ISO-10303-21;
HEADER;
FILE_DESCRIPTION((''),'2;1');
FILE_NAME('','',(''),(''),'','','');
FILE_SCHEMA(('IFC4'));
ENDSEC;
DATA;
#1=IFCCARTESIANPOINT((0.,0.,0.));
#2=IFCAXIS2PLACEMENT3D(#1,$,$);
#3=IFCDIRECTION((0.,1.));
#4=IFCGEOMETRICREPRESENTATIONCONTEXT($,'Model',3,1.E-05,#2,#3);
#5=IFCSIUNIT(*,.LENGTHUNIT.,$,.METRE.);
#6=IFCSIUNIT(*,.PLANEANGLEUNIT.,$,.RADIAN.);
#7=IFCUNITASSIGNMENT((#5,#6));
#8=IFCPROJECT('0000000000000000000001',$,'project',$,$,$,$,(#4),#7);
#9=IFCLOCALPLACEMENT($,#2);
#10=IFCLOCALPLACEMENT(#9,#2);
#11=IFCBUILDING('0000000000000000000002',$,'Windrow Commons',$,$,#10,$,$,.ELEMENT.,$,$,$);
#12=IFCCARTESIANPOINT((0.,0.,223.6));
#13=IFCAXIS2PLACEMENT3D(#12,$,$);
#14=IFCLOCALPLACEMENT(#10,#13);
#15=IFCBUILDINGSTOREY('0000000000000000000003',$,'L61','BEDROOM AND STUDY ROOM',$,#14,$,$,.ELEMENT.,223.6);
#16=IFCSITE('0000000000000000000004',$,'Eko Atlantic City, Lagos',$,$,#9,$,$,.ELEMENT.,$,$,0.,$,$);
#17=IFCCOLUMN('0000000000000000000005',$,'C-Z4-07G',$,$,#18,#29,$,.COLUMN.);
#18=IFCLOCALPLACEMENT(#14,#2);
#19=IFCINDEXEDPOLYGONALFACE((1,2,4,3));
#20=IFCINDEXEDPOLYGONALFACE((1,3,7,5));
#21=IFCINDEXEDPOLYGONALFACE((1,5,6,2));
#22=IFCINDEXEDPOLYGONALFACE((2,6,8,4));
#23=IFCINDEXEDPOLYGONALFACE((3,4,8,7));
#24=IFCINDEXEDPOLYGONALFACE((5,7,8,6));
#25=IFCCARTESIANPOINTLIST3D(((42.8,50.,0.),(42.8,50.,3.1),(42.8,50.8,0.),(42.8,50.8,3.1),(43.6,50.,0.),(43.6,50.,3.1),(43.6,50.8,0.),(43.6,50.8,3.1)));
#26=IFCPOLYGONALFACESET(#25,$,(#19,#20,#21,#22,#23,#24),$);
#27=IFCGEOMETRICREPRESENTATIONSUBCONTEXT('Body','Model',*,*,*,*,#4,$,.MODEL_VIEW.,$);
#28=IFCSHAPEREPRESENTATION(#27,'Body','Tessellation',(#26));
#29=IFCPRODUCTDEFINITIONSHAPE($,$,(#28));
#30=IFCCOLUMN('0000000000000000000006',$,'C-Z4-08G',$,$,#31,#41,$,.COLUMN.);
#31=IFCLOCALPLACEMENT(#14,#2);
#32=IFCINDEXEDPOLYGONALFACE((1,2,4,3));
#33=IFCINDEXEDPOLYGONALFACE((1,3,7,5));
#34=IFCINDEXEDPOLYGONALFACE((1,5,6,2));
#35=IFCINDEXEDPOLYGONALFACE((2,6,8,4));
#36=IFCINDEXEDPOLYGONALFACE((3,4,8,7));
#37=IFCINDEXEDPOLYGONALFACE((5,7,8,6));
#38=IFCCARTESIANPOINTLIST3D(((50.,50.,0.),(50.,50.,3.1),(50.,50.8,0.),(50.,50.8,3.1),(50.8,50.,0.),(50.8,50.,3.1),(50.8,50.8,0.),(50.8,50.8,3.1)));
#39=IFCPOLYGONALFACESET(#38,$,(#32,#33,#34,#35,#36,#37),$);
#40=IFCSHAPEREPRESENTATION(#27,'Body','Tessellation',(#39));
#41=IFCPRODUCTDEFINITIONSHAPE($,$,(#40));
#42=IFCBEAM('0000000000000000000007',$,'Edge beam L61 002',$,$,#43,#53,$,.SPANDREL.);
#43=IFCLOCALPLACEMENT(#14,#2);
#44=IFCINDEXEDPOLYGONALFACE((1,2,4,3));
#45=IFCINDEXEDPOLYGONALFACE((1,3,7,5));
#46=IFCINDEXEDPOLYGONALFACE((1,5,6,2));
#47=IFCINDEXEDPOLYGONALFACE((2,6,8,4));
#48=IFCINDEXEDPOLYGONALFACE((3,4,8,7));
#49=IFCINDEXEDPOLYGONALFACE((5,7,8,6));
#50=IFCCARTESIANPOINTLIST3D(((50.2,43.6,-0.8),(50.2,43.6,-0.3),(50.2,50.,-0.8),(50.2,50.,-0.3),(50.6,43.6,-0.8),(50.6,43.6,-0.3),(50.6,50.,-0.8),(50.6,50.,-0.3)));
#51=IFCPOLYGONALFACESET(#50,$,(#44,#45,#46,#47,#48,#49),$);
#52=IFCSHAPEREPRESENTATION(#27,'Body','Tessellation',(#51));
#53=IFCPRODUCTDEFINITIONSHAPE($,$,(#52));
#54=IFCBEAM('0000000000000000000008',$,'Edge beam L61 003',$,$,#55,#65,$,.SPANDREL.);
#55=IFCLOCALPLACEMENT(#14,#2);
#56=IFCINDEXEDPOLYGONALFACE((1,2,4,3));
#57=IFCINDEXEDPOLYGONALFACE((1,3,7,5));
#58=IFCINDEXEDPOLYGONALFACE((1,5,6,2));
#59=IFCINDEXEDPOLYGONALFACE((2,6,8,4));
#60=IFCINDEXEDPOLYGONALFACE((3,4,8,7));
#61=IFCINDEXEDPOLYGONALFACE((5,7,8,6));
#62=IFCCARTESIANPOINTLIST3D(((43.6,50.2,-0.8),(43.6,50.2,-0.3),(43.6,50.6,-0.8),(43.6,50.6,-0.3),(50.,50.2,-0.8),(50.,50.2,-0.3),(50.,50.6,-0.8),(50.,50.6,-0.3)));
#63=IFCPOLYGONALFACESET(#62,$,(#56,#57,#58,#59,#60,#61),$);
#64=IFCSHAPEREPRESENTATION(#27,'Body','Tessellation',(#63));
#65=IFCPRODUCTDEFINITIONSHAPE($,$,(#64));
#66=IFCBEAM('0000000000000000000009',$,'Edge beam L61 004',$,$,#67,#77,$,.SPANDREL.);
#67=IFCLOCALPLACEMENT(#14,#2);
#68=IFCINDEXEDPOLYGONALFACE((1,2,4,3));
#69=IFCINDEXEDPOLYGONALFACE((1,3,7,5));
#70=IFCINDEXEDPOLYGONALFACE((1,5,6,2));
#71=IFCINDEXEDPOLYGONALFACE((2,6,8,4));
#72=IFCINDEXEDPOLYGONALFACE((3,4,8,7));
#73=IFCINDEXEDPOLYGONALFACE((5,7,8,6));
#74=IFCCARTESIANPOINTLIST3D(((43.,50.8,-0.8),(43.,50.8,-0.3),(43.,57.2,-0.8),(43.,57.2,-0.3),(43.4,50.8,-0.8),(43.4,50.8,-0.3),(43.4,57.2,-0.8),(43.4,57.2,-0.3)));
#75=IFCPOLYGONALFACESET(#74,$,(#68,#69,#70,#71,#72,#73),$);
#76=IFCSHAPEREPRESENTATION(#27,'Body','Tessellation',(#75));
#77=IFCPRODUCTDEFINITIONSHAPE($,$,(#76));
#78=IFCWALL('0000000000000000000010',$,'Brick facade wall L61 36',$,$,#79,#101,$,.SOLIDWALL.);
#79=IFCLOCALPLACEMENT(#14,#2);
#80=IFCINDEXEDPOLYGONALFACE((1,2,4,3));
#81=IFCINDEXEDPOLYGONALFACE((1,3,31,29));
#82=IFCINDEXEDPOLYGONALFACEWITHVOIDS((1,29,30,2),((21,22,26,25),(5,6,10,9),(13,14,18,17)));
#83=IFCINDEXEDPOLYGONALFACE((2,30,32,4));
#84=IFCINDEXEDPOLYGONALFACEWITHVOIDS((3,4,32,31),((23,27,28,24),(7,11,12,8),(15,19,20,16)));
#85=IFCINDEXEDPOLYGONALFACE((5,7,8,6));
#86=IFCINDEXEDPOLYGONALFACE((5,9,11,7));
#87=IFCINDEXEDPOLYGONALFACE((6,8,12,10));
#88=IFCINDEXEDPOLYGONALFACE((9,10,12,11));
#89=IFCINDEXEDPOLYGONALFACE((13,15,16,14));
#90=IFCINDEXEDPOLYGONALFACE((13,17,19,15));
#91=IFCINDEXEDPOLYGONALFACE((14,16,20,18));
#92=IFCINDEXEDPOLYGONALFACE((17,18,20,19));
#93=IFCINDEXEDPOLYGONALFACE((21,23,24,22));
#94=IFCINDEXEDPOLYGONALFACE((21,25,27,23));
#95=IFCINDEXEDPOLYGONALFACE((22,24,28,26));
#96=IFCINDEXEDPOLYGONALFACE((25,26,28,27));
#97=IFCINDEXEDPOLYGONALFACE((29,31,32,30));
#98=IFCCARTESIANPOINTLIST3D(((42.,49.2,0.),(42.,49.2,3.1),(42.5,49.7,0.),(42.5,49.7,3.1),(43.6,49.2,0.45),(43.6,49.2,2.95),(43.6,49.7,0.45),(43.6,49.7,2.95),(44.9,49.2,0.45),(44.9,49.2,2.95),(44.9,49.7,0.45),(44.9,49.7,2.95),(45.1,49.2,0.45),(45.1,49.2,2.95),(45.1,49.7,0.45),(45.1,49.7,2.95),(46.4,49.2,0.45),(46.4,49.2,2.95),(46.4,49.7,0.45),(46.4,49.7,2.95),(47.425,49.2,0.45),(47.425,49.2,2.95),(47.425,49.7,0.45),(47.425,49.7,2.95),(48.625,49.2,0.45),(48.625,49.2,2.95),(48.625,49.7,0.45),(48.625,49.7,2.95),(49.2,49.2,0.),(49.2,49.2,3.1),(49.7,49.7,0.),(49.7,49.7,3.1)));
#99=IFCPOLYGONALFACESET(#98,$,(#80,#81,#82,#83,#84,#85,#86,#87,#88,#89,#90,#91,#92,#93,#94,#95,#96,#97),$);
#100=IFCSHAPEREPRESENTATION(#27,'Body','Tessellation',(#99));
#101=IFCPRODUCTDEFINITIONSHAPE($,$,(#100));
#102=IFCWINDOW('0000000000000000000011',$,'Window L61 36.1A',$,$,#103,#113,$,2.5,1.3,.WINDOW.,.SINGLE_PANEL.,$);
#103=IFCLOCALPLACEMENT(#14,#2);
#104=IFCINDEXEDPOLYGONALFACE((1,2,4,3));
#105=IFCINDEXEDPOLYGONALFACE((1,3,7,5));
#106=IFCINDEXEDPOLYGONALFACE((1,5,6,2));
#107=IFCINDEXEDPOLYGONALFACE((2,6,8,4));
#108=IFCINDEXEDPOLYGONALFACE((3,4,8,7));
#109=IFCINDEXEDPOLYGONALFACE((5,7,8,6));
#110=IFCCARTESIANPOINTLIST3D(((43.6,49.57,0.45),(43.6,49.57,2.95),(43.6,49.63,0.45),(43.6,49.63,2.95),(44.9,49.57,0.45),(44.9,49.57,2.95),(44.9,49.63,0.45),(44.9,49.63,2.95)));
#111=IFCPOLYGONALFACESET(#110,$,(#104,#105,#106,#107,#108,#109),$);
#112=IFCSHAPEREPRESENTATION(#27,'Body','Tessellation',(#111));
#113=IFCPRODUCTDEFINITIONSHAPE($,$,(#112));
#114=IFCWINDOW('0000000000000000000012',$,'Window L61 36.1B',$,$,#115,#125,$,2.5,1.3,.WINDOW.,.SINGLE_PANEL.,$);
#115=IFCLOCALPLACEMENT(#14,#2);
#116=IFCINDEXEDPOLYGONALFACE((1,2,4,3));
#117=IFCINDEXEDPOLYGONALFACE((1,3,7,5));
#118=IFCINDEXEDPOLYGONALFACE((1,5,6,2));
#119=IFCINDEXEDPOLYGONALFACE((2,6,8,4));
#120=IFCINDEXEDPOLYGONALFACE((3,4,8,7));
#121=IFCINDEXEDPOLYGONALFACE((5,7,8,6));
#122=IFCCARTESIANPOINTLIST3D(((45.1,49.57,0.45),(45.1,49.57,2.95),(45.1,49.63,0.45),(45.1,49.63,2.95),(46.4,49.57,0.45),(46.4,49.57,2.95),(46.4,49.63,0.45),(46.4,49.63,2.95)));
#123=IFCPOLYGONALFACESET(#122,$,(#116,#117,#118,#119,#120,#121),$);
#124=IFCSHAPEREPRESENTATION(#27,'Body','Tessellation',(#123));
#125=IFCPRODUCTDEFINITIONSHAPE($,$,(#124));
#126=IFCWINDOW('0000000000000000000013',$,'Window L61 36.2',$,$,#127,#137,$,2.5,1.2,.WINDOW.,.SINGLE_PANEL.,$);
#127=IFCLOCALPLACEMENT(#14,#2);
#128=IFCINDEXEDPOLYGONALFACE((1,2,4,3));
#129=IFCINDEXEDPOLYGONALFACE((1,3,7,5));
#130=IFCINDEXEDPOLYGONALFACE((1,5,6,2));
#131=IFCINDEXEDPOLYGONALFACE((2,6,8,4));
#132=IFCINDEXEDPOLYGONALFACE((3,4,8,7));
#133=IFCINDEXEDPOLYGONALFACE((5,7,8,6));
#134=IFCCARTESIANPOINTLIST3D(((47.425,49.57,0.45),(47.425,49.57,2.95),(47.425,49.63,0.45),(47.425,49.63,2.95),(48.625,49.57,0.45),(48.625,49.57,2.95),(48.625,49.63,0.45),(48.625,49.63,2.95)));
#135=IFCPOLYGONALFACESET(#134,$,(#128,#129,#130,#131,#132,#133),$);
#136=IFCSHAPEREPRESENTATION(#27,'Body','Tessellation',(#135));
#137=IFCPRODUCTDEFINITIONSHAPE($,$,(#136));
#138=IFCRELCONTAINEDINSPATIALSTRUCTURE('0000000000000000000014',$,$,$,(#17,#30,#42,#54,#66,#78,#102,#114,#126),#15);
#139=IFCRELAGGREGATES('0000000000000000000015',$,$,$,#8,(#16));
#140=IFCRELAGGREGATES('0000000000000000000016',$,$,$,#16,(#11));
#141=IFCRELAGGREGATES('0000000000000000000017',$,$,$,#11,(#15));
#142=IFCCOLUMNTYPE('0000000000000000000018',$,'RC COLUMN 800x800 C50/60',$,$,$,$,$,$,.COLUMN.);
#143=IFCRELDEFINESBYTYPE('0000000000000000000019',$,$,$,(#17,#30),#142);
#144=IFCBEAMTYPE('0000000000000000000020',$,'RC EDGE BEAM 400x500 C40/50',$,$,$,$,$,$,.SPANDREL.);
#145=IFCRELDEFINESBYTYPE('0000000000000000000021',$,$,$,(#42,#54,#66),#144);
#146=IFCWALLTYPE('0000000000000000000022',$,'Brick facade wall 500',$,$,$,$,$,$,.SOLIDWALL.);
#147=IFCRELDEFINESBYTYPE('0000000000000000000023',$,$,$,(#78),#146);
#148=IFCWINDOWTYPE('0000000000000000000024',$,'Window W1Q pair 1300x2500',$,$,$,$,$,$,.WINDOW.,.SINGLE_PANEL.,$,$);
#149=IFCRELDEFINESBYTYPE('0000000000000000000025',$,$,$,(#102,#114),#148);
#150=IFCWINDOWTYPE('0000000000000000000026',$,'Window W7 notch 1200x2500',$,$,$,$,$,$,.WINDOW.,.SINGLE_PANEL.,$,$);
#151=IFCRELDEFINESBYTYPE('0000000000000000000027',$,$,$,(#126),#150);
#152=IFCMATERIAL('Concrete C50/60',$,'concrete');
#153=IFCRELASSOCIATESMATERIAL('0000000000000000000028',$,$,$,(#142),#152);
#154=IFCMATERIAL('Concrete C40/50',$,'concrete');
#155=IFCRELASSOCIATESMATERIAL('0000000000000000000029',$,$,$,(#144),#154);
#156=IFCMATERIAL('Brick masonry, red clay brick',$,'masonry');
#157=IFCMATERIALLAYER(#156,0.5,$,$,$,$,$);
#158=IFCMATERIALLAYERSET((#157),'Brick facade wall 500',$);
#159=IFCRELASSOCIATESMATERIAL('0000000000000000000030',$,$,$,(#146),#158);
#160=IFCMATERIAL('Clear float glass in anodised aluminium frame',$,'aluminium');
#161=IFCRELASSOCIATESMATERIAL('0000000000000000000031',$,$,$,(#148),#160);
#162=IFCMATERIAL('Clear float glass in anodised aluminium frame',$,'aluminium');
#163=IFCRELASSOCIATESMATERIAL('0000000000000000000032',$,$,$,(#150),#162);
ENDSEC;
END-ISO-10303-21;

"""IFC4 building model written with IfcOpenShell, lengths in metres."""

from ifc_helpers import new_model, si_unit, direction, frame, frame_2d, origin, origin_2d, place, context, subcontext, project, spatial, polyline, rectangle, outline, extrude, material, layer, layer_set, material_profile, profile_set, type_object, element, fill, save


model = new_model("IFC4")

# Units and contexts
model_context = context("Model", 3, precision=1e-05, world=origin(), true_north=direction((0.0, 1.0)))
body_context = subcontext(model_context, "Body", "Model", "MODEL_VIEW")
ifc_project = project(units=[si_unit("LENGTHUNIT", "METRE"), si_unit("PLANEANGLEUNIT", "RADIAN")], contexts=[model_context])

# Site, building, storey
site_placement = place(None, origin())
site = spatial("IfcSite", under=ifc_project, at=site_placement, Name="Eko Atlantic City, Lagos", CompositionType="ELEMENT", RefElevation=0.0)
building_placement = place(site_placement, origin())
building = spatial("IfcBuilding", under=site, at=building_placement, Name="Windrow Commons", CompositionType="ELEMENT")
storey_placement = place(building_placement, frame((0.0, 0.0, 223.6)))
storey = spatial("IfcBuildingStorey", under=building, at=storey_placement, Name="L61", Description="BEDROOM AND STUDY ROOM", CompositionType="ELEMENT", Elevation=223.6)

# Columns
ifc_material_1 = material(Name="Concrete C50/60", Category="concrete")
ifc_material_profile_1 = material_profile(ifc_material_1, rectangle(XDim=0.8, YDim=0.8, at=origin_2d()))
ifc_profile_set_1 = profile_set([ifc_material_profile_1], Name="Concrete C50/60")
column_type = type_object("IfcColumnType", Name="RC COLUMN 800x800 C50/60", PredefinedType="COLUMN", material=ifc_profile_set_1)
for number, where, z_axis, x_axis, name in (
    (1, (43.2, 50.4, 0.0), (0.0, 0.0, 1.0), (1.0, 0.0, 0.0), "C-Z4-07G"),
    (2, (50.4, 50.4, 0.0), (0.0, 0.0, 1.0), (1.0, 0.0, 0.0), "C-Z4-08G"),
):
    element("IfcColumn", number, at=place(storey_placement, frame(where, z_axis=z_axis, x_axis=x_axis)), inside=storey, type_object=column_type, Name=name, PredefinedType="COLUMN", context=body_context, shape_type="SweptSolid", body=[
        extrude(rectangle(XDim=0.8, YDim=0.8, at=origin_2d()), origin(), (0.0, 0.0, 1.0), 3.1),
    ])

# Beams
ifc_material_2 = material(Name="Concrete C40/50", Category="concrete")
ifc_material_profile_2 = material_profile(ifc_material_2, rectangle(XDim=0.4, YDim=0.5, at=origin_2d()))
ifc_profile_set_2 = profile_set([ifc_material_profile_2], Name="Concrete C40/50")
beam_type = type_object("IfcBeamType", Name="RC EDGE BEAM 400x500 C40/50", PredefinedType="SPANDREL", material=ifc_profile_set_2)
for number, where, z_axis, x_axis, name in (
    (3, (50.4, 43.6, -0.55), (0.0, 1.0, 0.0), (-1.0, 0.0, 0.0), "Edge beam L61 002"),
    (4, (50.0, 50.4, -0.55), (-1.0, 0.0, 0.0), (0.0, -1.0, 0.0), "Edge beam L61 003"),
    (5, (43.2, 50.8, -0.55), (0.0, 1.0, 0.0), (-1.0, 0.0, 0.0), "Edge beam L61 004"),
):
    element("IfcBeam", number, at=place(storey_placement, frame(where, z_axis=z_axis, x_axis=x_axis)), inside=storey, type_object=beam_type, Name=name, PredefinedType="SPANDREL", context=body_context, shape_type="SweptSolid", body=[
        extrude(rectangle(XDim=0.4, YDim=0.5, at=origin_2d()), origin(), (0.0, 0.0, 1.0), 6.4),
    ])

# Wall, openings, windows
ifc_material_3 = material(Name="Brick masonry, red clay brick", Category="masonry")
ifc_layer_1 = layer(ifc_material_3, 0.5)
ifc_layer_set_1 = layer_set([ifc_layer_1], Name="Brick facade wall 500")
wall_type_1 = type_object("IfcWallType", Name="Brick facade wall 500", PredefinedType="SOLIDWALL", material=ifc_layer_set_1)
wall_1_placement = place(storey_placement, frame((42.25, 49.45, 0.0), z_axis=(0.0, 0.0, 1.0), x_axis=(1.0, 0.0, 0.0)))
wall_1 = element("IfcWall", 6, at=wall_1_placement, inside=storey, type_object=wall_type_1, Name="Brick facade wall L61 36", PredefinedType="SOLIDWALL", context=body_context, shape_type="SweptSolid", body=[
    extrude(outline(polyline([(-0.25, -0.25), (6.95, -0.25), (7.45, 0.25), (0.25, 0.25), (-0.25, -0.25)])), origin(), (0.0, 0.0, 1.0), 3.1),
])
opening_1_placement = place(wall_1_placement, frame((1.35, 0.0, 0.45)))
opening_1 = element("IfcOpeningElement", 7, at=opening_1_placement, cuts=wall_1, PredefinedType="OPENING", context=body_context, shape_type="SweptSolid", body=[
    extrude(rectangle(XDim=1.3, YDim=2.5, at=frame_2d((0.65, 1.25))), frame((0.0, 0.26, 0.0), z_axis=(0.0, -1.0, 0.0), x_axis=(1.0, 0.0, 0.0)), (0.0, 0.0, 1.0), 0.52),
])
opening_2_placement = place(wall_1_placement, frame((2.85, 0.0, 0.45)))
opening_2 = element("IfcOpeningElement", 8, at=opening_2_placement, cuts=wall_1, PredefinedType="OPENING", context=body_context, shape_type="SweptSolid", body=[
    extrude(rectangle(XDim=1.3, YDim=2.5, at=frame_2d((0.65, 1.25))), frame((0.0, 0.26, 0.0), z_axis=(0.0, -1.0, 0.0), x_axis=(1.0, 0.0, 0.0)), (0.0, 0.0, 1.0), 0.52),
])
opening_3_placement = place(wall_1_placement, frame((5.175, 0.0, 0.45)))
opening_3 = element("IfcOpeningElement", 9, at=opening_3_placement, cuts=wall_1, PredefinedType="OPENING", context=body_context, shape_type="SweptSolid", body=[
    extrude(rectangle(XDim=1.2, YDim=2.5, at=frame_2d((0.6, 1.25))), frame((0.0, 0.26, 0.0), z_axis=(0.0, -1.0, 0.0), x_axis=(1.0, 0.0, 0.0)), (0.0, 0.0, 1.0), 0.52),
])
ifc_material_4 = material(Name="Clear float glass in anodised aluminium frame", Category="aluminium")
window_type_1 = type_object("IfcWindowType", Name="Window W1Q pair 1300x2500", PartitioningType="SINGLE_PANEL", PredefinedType="WINDOW", material=ifc_material_4)
window_1_placement = place(opening_1_placement, origin())
window_1 = element("IfcWindow", 10, at=window_1_placement, inside=storey, type_object=window_type_1, Name="Window L61 36.1A", OverallHeight=2.5, OverallWidth=1.3, PartitioningType="SINGLE_PANEL", PredefinedType="WINDOW", context=body_context, shape_type="SweptSolid", body=[
    extrude(rectangle(XDim=1.3, YDim=2.5, at=frame_2d((0.65, 1.25))), frame((0.0, 0.18, 0.0), z_axis=(0.0, -1.0, 0.0), x_axis=(1.0, 0.0, 0.0)), (0.0, 0.0, 1.0), 0.06),
])
fill(opening_1, window_1)
window_2_placement = place(opening_2_placement, origin())
window_2 = element("IfcWindow", 11, at=window_2_placement, inside=storey, type_object=window_type_1, Name="Window L61 36.1B", OverallHeight=2.5, OverallWidth=1.3, PartitioningType="SINGLE_PANEL", PredefinedType="WINDOW", context=body_context, shape_type="SweptSolid", body=[
    extrude(rectangle(XDim=1.3, YDim=2.5, at=frame_2d((0.65, 1.25))), frame((0.0, 0.18, 0.0), z_axis=(0.0, -1.0, 0.0), x_axis=(1.0, 0.0, 0.0)), (0.0, 0.0, 1.0), 0.06),
])
fill(opening_2, window_2)
ifc_material_5 = material(Name="Clear float glass in anodised aluminium frame", Category="aluminium")
window_type_2 = type_object("IfcWindowType", Name="Window W7 notch 1200x2500", PartitioningType="SINGLE_PANEL", PredefinedType="WINDOW", material=ifc_material_5)
window_3_placement = place(opening_3_placement, origin())
window_3 = element("IfcWindow", 12, at=window_3_placement, inside=storey, type_object=window_type_2, Name="Window L61 36.2", OverallHeight=2.5, OverallWidth=1.2, PartitioningType="SINGLE_PANEL", PredefinedType="WINDOW", context=body_context, shape_type="SweptSolid", body=[
    extrude(rectangle(XDim=1.2, YDim=2.5, at=frame_2d((0.6, 1.25))), frame((0.0, 0.18, 0.0), z_axis=(0.0, -1.0, 0.0), x_axis=(1.0, 0.0, 0.0)), (0.0, 0.0, 1.0), 0.06),
])
fill(opening_3, window_3)

save(model, "model.ifc")
